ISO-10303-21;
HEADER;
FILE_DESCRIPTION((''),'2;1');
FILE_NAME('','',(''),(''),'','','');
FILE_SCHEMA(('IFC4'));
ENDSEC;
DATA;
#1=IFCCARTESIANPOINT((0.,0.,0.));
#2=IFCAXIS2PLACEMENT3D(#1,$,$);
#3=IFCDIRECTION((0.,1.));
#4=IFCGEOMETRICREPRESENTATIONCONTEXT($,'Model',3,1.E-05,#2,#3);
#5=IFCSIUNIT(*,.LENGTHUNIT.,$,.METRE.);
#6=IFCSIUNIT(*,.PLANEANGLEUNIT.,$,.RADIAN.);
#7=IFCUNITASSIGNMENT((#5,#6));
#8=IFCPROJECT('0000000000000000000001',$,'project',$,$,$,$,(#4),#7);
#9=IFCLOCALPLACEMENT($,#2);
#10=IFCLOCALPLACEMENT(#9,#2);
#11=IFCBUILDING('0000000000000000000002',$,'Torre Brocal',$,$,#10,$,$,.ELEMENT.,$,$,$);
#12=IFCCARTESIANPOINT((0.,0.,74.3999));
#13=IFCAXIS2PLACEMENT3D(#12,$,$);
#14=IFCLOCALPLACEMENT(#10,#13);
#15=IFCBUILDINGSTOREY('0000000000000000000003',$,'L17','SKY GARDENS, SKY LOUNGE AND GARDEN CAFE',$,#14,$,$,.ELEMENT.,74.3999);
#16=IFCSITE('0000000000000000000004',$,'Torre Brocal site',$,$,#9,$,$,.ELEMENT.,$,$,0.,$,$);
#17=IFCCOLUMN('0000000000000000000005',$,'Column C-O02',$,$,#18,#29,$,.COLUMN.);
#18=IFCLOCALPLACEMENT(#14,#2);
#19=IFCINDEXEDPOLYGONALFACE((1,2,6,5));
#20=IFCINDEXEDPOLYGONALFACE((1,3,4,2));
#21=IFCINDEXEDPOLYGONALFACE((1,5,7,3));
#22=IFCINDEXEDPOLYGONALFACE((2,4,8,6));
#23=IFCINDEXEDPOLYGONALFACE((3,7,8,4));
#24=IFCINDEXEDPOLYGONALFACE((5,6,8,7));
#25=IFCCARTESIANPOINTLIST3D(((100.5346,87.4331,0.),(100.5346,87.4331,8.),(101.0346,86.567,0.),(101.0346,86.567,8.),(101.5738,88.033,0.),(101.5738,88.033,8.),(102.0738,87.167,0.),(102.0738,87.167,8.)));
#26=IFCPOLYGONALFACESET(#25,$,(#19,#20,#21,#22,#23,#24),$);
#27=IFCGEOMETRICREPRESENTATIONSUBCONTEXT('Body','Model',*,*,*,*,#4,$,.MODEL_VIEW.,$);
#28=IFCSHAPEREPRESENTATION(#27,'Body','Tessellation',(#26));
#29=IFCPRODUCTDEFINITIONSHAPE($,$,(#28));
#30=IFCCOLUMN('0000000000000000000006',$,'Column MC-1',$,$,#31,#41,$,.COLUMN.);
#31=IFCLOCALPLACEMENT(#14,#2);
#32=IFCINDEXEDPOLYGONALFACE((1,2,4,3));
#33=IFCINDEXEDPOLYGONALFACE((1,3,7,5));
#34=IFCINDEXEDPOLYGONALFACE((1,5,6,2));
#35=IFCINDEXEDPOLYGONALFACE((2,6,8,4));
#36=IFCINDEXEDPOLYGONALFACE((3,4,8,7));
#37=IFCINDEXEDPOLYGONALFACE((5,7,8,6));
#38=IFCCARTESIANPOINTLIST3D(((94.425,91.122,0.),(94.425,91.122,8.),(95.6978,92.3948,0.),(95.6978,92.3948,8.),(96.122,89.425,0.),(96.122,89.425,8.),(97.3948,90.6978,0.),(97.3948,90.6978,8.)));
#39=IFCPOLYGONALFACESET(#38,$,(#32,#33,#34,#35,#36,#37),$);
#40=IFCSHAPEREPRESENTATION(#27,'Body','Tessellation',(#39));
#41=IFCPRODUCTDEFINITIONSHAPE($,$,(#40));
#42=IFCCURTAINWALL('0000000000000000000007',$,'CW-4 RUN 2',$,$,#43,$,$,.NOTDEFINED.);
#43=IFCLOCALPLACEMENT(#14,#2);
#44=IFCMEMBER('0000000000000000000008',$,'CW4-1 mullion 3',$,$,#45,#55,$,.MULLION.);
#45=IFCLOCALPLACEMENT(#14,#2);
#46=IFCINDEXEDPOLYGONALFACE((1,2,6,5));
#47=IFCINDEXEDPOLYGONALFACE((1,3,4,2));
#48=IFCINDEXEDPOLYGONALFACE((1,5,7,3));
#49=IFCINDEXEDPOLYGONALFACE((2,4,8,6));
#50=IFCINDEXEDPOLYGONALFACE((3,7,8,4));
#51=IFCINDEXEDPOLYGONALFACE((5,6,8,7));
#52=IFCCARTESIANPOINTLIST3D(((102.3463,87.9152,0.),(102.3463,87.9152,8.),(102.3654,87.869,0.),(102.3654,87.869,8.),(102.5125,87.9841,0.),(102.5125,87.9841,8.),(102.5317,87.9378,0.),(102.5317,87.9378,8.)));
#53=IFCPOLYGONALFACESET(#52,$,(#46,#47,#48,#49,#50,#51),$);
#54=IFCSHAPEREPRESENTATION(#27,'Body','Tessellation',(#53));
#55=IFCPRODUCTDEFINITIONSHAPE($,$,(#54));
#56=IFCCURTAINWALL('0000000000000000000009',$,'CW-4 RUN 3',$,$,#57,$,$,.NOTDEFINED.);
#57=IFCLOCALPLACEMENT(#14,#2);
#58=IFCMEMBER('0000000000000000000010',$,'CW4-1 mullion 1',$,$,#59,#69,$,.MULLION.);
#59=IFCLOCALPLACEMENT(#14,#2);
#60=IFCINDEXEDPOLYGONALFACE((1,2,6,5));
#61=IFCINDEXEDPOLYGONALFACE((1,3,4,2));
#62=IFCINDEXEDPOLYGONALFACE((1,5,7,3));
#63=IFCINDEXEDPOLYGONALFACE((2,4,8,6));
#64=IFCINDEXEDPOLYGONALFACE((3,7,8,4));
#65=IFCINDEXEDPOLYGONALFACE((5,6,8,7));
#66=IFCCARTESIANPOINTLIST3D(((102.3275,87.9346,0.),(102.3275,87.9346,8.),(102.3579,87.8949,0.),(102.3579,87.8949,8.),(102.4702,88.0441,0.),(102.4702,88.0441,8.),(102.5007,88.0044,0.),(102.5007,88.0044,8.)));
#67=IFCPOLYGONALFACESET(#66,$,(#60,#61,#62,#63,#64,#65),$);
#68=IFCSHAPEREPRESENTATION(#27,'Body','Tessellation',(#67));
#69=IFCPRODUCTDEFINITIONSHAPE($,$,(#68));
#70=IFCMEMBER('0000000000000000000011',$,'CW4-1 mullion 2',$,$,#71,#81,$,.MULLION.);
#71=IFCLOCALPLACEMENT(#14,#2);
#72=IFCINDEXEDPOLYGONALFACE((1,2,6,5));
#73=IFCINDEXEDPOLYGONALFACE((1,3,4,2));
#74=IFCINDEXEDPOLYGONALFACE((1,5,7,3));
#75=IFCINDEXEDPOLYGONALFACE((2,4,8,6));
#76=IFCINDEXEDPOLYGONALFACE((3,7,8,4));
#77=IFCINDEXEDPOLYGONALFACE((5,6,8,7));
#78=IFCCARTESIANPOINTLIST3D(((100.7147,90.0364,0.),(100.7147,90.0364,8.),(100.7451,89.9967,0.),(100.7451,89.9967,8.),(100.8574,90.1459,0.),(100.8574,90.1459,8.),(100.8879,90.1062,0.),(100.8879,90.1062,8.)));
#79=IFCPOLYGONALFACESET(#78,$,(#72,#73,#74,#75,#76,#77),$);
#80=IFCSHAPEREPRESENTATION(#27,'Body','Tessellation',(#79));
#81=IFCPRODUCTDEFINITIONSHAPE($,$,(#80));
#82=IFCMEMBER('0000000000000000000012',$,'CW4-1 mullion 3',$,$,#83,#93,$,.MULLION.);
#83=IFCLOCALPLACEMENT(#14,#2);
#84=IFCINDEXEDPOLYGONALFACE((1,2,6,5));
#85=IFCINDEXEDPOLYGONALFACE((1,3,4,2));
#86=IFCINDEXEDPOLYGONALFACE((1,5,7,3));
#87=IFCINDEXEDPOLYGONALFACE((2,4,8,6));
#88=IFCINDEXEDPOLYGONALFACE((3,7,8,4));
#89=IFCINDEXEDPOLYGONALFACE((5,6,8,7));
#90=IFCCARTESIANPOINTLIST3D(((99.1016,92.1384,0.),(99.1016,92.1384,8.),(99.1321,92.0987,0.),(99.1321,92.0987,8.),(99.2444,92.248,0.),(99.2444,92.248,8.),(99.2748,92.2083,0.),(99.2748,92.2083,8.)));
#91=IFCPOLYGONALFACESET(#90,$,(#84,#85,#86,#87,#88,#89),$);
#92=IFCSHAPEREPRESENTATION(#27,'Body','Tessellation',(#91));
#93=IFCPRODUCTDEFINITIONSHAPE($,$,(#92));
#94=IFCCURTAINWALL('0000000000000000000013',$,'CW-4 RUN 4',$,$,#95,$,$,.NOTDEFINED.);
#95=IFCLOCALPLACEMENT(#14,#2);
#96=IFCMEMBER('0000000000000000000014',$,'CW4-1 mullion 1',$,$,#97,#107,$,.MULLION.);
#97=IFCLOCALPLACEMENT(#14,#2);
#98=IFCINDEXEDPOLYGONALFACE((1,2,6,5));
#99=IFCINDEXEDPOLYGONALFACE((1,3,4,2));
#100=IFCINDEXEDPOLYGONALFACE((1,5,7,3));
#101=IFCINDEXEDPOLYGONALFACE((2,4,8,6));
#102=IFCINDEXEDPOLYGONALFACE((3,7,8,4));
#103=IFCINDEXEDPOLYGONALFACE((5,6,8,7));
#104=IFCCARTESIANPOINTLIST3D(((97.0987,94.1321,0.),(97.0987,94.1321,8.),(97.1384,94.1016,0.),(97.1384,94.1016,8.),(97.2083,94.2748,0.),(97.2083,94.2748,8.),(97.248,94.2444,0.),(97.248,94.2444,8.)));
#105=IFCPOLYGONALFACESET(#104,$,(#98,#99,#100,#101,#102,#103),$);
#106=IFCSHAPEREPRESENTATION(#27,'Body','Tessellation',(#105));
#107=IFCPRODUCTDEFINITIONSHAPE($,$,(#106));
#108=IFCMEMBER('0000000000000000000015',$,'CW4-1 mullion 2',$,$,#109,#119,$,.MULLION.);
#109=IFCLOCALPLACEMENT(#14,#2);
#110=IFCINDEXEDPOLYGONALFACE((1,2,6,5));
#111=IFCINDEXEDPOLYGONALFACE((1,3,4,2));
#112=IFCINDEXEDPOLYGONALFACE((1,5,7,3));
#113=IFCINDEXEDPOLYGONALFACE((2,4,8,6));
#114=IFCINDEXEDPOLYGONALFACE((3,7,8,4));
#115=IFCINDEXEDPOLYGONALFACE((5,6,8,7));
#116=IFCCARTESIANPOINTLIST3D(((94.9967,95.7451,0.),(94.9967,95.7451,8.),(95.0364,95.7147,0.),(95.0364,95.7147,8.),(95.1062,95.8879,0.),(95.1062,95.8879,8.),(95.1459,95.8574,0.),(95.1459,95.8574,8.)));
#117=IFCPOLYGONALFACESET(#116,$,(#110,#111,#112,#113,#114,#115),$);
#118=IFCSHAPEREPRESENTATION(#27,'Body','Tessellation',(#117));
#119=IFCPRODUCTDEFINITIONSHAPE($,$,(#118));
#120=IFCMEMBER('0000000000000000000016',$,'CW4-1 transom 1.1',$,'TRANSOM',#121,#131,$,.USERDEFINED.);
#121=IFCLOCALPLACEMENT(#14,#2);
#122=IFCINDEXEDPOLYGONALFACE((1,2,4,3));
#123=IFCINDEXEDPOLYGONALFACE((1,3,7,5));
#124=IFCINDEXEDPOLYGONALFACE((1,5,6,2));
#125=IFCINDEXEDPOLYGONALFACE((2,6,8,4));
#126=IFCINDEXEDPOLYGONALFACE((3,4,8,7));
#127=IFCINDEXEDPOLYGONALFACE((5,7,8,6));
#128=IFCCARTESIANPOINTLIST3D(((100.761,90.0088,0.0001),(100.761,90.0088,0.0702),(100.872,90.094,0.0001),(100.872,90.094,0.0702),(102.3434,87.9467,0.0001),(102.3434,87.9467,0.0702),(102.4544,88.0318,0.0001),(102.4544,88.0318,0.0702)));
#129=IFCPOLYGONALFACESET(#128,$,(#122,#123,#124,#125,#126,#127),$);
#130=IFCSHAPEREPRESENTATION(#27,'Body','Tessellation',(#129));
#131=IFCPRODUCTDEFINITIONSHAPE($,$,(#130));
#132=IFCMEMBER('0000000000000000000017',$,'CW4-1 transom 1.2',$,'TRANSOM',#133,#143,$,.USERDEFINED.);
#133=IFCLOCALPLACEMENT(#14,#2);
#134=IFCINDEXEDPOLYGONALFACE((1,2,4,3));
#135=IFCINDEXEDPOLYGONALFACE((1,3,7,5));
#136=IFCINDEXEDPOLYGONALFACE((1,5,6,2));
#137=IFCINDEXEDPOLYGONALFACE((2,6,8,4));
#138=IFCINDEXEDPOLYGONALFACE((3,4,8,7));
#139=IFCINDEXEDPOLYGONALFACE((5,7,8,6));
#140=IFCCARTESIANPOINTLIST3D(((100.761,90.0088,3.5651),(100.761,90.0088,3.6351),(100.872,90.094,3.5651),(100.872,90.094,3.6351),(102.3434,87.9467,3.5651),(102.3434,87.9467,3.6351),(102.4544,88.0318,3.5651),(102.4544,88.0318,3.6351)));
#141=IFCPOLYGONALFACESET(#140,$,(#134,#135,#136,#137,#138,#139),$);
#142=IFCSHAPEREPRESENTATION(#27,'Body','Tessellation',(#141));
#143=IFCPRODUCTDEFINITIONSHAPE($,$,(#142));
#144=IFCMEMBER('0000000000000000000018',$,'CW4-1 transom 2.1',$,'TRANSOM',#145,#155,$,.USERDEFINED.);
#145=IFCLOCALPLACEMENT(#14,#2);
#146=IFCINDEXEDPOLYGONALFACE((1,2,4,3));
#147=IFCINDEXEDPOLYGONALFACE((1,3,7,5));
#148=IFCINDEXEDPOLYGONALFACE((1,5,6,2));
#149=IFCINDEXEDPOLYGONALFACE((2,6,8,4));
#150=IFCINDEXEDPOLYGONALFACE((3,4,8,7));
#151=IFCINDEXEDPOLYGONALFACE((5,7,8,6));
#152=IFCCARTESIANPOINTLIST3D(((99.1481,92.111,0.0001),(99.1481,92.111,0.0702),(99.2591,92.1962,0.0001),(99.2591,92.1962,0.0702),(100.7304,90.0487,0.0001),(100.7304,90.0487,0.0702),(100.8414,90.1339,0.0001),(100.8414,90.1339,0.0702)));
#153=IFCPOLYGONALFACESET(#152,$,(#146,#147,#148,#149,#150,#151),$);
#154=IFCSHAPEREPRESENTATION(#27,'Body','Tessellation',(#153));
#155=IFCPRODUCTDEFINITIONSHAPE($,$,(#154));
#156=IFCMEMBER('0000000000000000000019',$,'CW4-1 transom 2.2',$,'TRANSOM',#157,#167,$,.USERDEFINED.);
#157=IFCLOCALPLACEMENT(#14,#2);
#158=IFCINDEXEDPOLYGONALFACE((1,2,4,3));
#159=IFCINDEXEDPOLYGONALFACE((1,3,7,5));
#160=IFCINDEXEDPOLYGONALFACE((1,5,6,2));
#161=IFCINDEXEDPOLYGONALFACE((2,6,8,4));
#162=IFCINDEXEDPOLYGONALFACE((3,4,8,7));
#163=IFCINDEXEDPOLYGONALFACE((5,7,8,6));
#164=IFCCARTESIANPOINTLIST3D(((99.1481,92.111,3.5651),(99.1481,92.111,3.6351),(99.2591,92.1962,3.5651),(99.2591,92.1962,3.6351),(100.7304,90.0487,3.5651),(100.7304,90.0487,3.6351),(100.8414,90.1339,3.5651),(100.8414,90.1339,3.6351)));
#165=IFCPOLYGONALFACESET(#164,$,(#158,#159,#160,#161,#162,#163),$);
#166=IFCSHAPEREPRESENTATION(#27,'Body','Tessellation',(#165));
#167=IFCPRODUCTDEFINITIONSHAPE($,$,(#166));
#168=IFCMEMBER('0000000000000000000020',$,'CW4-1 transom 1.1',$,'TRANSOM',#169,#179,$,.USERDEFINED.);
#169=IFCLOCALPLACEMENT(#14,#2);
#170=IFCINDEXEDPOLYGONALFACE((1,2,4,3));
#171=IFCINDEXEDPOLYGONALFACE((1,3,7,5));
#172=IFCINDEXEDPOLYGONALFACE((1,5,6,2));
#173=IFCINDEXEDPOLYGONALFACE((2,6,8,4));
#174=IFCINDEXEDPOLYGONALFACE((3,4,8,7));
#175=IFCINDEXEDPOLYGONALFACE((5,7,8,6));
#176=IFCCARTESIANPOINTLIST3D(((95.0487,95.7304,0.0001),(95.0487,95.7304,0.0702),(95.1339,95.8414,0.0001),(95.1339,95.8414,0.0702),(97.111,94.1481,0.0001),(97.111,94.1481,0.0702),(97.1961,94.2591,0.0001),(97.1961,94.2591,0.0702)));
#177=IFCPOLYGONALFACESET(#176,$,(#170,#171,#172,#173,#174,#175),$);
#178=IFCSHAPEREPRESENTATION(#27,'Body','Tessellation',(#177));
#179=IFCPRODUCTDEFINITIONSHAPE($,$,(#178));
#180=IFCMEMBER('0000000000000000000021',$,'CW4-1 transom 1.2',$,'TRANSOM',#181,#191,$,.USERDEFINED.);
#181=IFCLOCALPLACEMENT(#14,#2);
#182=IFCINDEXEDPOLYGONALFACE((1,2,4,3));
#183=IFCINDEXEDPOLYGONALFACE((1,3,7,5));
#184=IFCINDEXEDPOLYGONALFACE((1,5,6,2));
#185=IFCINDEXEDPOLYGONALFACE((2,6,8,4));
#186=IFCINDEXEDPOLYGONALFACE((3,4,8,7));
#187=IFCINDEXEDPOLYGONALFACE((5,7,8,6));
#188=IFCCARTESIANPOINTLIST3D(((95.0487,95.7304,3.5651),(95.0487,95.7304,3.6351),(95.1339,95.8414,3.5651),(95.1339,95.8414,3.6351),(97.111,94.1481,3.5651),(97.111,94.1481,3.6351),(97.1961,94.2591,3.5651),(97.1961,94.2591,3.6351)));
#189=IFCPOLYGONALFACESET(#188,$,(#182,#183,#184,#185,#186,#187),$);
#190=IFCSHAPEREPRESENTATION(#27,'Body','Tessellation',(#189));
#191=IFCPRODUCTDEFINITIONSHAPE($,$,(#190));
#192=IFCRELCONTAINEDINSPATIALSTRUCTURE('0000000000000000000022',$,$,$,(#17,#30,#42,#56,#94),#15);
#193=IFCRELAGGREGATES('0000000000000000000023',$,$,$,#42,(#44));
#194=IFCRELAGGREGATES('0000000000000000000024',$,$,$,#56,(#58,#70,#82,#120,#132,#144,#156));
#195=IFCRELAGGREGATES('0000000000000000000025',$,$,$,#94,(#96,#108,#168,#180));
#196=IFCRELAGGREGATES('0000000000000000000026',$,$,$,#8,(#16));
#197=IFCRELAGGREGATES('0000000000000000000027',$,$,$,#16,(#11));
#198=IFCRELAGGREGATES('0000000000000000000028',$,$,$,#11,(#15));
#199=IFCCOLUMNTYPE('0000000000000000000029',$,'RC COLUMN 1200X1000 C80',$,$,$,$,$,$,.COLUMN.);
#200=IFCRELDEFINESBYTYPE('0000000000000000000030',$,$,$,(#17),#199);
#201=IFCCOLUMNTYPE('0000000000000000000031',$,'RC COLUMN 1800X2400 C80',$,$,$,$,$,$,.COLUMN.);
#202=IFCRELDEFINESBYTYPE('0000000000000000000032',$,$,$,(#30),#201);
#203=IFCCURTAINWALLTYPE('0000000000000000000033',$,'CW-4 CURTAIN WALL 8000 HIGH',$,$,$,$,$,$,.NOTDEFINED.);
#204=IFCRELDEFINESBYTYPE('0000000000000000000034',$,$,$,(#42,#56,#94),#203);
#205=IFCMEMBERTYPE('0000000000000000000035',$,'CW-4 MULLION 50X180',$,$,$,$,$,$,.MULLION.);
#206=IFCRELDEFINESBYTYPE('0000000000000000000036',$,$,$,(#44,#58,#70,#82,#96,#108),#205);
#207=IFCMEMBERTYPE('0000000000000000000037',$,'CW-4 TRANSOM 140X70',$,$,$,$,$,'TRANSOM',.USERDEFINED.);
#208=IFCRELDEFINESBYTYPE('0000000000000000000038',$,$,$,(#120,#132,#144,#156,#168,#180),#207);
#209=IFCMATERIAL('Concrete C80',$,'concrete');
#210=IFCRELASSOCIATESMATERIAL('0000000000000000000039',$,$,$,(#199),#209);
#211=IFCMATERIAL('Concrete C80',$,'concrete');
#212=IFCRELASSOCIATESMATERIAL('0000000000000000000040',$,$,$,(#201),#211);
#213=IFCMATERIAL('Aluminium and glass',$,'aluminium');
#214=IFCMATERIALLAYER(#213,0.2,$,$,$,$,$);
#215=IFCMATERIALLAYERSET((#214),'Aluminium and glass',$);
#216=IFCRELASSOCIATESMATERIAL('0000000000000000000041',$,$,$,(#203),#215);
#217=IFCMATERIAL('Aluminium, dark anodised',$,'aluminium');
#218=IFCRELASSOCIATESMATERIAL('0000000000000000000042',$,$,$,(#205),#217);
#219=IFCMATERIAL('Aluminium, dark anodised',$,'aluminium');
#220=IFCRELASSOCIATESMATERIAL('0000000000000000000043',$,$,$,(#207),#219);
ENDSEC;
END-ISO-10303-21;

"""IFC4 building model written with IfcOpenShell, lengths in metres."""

from ifc_helpers import new_model, si_unit, direction, frame, origin, origin_2d, place, context, subcontext, project, spatial, rectangle, extrude, material, layer, layer_set, material_profile, profile_set, type_object, element, aggregate, save


model = new_model("IFC4")

# Units and contexts
model_context = context("Model", 3, precision=1e-05, world=origin(), true_north=direction((0.0, 1.0)))
body_context = subcontext(model_context, "Body", "Model", "MODEL_VIEW")
ifc_project = project(units=[si_unit("LENGTHUNIT", "METRE"), si_unit("PLANEANGLEUNIT", "RADIAN")], contexts=[model_context])

# Site, building, storey
site_placement = place(None, origin())
site = spatial("IfcSite", under=ifc_project, at=site_placement, Name="Torre Brocal site", CompositionType="ELEMENT", RefElevation=0.0)
building_placement = place(site_placement, origin())
building = spatial("IfcBuilding", under=site, at=building_placement, Name="Torre Brocal", CompositionType="ELEMENT")
storey_placement = place(building_placement, frame((0.0, 0.0, 74.3999)))
storey = spatial("IfcBuildingStorey", under=building, at=storey_placement, Name="L17", Description="SKY GARDENS, SKY LOUNGE AND GARDEN CAFE", CompositionType="ELEMENT", Elevation=74.3999)

# Columns
ifc_material_1 = material(Name="Concrete C80", Category="concrete")
ifc_material_profile_1 = material_profile(ifc_material_1, rectangle(XDim=1.2, YDim=1.0, at=origin_2d()), Name="RC 1200X1000")
ifc_profile_set_1 = profile_set([ifc_material_profile_1], Name="Concrete C80")
column_type_1 = type_object("IfcColumnType", Name="RC COLUMN 1200X1000 C80", PredefinedType="COLUMN", material=ifc_profile_set_1)
column_1_placement = place(storey_placement, frame((101.3042, 87.3, 0.0), z_axis=(0.0, 0.0, 1.0), x_axis=(0.866025, 0.5, 0.0)))
element("IfcColumn", 1, at=column_1_placement, inside=storey, type_object=column_type_1, Name="Column C-O02", PredefinedType="COLUMN", context=body_context, shape_type="SweptSolid", body=[
    extrude(rectangle(XDim=1.2, YDim=1.0, at=origin_2d()), origin(), (0.0, 0.0, 1.0), 8.0),
])
ifc_material_2 = material(Name="Concrete C80", Category="concrete")
ifc_material_profile_2 = material_profile(ifc_material_2, rectangle(XDim=1.8, YDim=2.3999, at=origin_2d()), Name="RC 1800X2400")
ifc_profile_set_2 = profile_set([ifc_material_profile_2], Name="Concrete C80")
column_type_2 = type_object("IfcColumnType", Name="RC COLUMN 1800X2400 C80", PredefinedType="COLUMN", material=ifc_profile_set_2)
column_2_placement = place(storey_placement, frame((95.9099, 90.9099, 0.0), z_axis=(0.0, 0.0, 1.0), x_axis=(0.707107, 0.707107, 0.0)))
element("IfcColumn", 2, at=column_2_placement, inside=storey, type_object=column_type_2, Name="Column MC-1", PredefinedType="COLUMN", context=body_context, shape_type="SweptSolid", body=[
    extrude(rectangle(XDim=1.8, YDim=2.3999, at=origin_2d()), origin(), (0.0, 0.0, 1.0), 8.0),
])

# Curtain wall, member
ifc_material_3 = material(Name="Aluminium and glass", Category="aluminium")
ifc_layer_1 = layer(ifc_material_3, 0.2)
ifc_layer_set_1 = layer_set([ifc_layer_1], Name="Aluminium and glass")
curtain_wall_type = type_object("IfcCurtainWallType", Name="CW-4 CURTAIN WALL 8000 HIGH", PredefinedType="NOTDEFINED", material=ifc_layer_set_1)
curtain_wall_1_placement = place(storey_placement, origin())
curtain_wall_1 = element("IfcCurtainWall", 3, at=curtain_wall_1_placement, inside=storey, type_object=curtain_wall_type, Name="CW-4 RUN 2", PredefinedType="NOTDEFINED")
ifc_material_4 = material(Name="Aluminium, dark anodised", Category="aluminium")
ifc_material_profile_3 = material_profile(ifc_material_4, rectangle(XDim=0.1799, YDim=0.05, at=origin_2d()), Name="CW-4 MULLION 50X180")
ifc_profile_set_3 = profile_set([ifc_material_profile_3], Name="Aluminium, dark anodised")
member_type_1 = type_object("IfcMemberType", Name="CW-4 MULLION 50X180", PredefinedType="MULLION", material=ifc_profile_set_3)
member_1_placement = place(storey_placement, frame((102.439, 87.9265, 0.0), z_axis=(0.0, 0.0, 1.0), x_axis=(-0.92388, -0.382683, 0.0)))
member_1 = element("IfcMember", 4, at=member_1_placement, type_object=member_type_1, Name="CW4-1 mullion 3", PredefinedType="MULLION", context=body_context, shape_type="SweptSolid", body=[
    extrude(rectangle(XDim=0.1799, YDim=0.05, at=origin_2d()), origin(), (0.0, 0.0, 1.0), 8.0),
])

# Curtain walls, members
curtain_wall_2_placement = place(storey_placement, origin())
curtain_wall_2 = element("IfcCurtainWall", 5, at=curtain_wall_2_placement, inside=storey, type_object=curtain_wall_type, Name="CW-4 RUN 3", PredefinedType="NOTDEFINED")
member_2_placement = place(storey_placement, frame((102.4141, 87.9695, 0.0), z_axis=(0.0, 0.0, 1.0), x_axis=(-0.793353, -0.608761, 0.0)))
member_2 = element("IfcMember", 6, at=member_2_placement, type_object=member_type_1, Name="CW4-1 mullion 1", PredefinedType="MULLION", context=body_context, shape_type="SweptSolid", body=[
    extrude(rectangle(XDim=0.1799, YDim=0.05, at=origin_2d()), origin(), (0.0, 0.0, 1.0), 8.0),
])
member_3_placement = place(storey_placement, frame((100.8013, 90.0713, 0.0), z_axis=(0.0, 0.0, 1.0), x_axis=(-0.793353, -0.608761, 0.0)))
member_3 = element("IfcMember", 7, at=member_3_placement, type_object=member_type_1, Name="CW4-1 mullion 2", PredefinedType="MULLION", context=body_context, shape_type="SweptSolid", body=[
    extrude(rectangle(XDim=0.1799, YDim=0.05, at=origin_2d()), origin(), (0.0, 0.0, 1.0), 8.0),
])
member_4_placement = place(storey_placement, frame((99.1882, 92.1733, 0.0), z_axis=(0.0, 0.0, 1.0), x_axis=(-0.793353, -0.608761, 0.0)))
member_4 = element("IfcMember", 8, at=member_4_placement, type_object=member_type_1, Name="CW4-1 mullion 3", PredefinedType="MULLION", context=body_context, shape_type="SweptSolid", body=[
    extrude(rectangle(XDim=0.1799, YDim=0.05, at=origin_2d()), origin(), (0.0, 0.0, 1.0), 8.0),
])
curtain_wall_3_placement = place(storey_placement, origin())
curtain_wall_3 = element("IfcCurtainWall", 9, at=curtain_wall_3_placement, inside=storey, type_object=curtain_wall_type, Name="CW-4 RUN 4", PredefinedType="NOTDEFINED")
member_5_placement = place(storey_placement, frame((97.1733, 94.1882, 0.0), z_axis=(0.0, 0.0, 1.0), x_axis=(-0.608761, -0.793353, 0.0)))
member_5 = element("IfcMember", 10, at=member_5_placement, type_object=member_type_1, Name="CW4-1 mullion 1", PredefinedType="MULLION", context=body_context, shape_type="SweptSolid", body=[
    extrude(rectangle(XDim=0.1799, YDim=0.05, at=origin_2d()), origin(), (0.0, 0.0, 1.0), 8.0),
])
member_6_placement = place(storey_placement, frame((95.0713, 95.8013, 0.0), z_axis=(0.0, 0.0, 1.0), x_axis=(-0.608761, -0.793353, 0.0)))
member_6 = element("IfcMember", 11, at=member_6_placement, type_object=member_type_1, Name="CW4-1 mullion 2", PredefinedType="MULLION", context=body_context, shape_type="SweptSolid", body=[
    extrude(rectangle(XDim=0.1799, YDim=0.05, at=origin_2d()), origin(), (0.0, 0.0, 1.0), 8.0),
])

# Members
ifc_material_5 = material(Name="Aluminium, dark anodised", Category="aluminium")
ifc_material_profile_4 = material_profile(ifc_material_5, rectangle(XDim=0.1399, YDim=0.0701, at=origin_2d()), Name="CW-4 TRANSOM 140X70")
ifc_profile_set_4 = profile_set([ifc_material_profile_4], Name="Aluminium, dark anodised")
member_type_2 = type_object("IfcMemberType", Name="CW-4 TRANSOM 140X70", ElementType="TRANSOM", PredefinedType="USERDEFINED", material=ifc_profile_set_4)
member_7_placement = place(storey_placement, frame((102.3989, 87.9893, 0.0352), z_axis=(-0.608784, 0.793336, 0.0), x_axis=(-0.793336, -0.608784, 0.0)))
member_7 = element("IfcMember", 12, at=member_7_placement, type_object=member_type_2, Name="CW4-1 transom 1.1", ObjectType="TRANSOM", PredefinedType="USERDEFINED", context=body_context, shape_type="SweptSolid", body=[
    extrude(rectangle(XDim=0.1399, YDim=0.0701, at=origin_2d()), origin(), (0.0, 0.0, 1.0), 2.5994),
])
member_8_placement = place(storey_placement, frame((102.3989, 87.9893, 3.6001), z_axis=(-0.608784, 0.793336, 0.0), x_axis=(-0.793336, -0.608784, 0.0)))
member_8 = element("IfcMember", 13, at=member_8_placement, type_object=member_type_2, Name="CW4-1 transom 1.2", ObjectType="TRANSOM", PredefinedType="USERDEFINED", context=body_context, shape_type="SweptSolid", body=[
    extrude(rectangle(XDim=0.1399, YDim=0.0701, at=origin_2d()), origin(), (0.0, 0.0, 1.0), 2.5994),
])
member_9_placement = place(storey_placement, frame((100.7859, 90.0913, 0.0352), z_axis=(-0.608725, 0.793381, 0.0), x_axis=(-0.793381, -0.608725, 0.0)))
member_9 = element("IfcMember", 14, at=member_9_placement, type_object=member_type_2, Name="CW4-1 transom 2.1", ObjectType="TRANSOM", PredefinedType="USERDEFINED", context=body_context, shape_type="SweptSolid", body=[
    extrude(rectangle(XDim=0.1399, YDim=0.0701, at=origin_2d()), origin(), (0.0, 0.0, 1.0), 2.5994),
])
member_10_placement = place(storey_placement, frame((100.7859, 90.0913, 3.6001), z_axis=(-0.608725, 0.793381, 0.0), x_axis=(-0.793381, -0.608725, 0.0)))
member_10 = element("IfcMember", 15, at=member_10_placement, type_object=member_type_2, Name="CW4-1 transom 2.2", ObjectType="TRANSOM", PredefinedType="USERDEFINED", context=body_context, shape_type="SweptSolid", body=[
    extrude(rectangle(XDim=0.1399, YDim=0.0701, at=origin_2d()), origin(), (0.0, 0.0, 1.0), 2.5994),
])
member_11_placement = place(storey_placement, frame((97.1536, 94.2036, 0.0352), z_axis=(-0.793381, 0.608725, 0.0), x_axis=(-0.608725, -0.793381, 0.0)))
member_11 = element("IfcMember", 16, at=member_11_placement, type_object=member_type_2, Name="CW4-1 transom 1.1", ObjectType="TRANSOM", PredefinedType="USERDEFINED", context=body_context, shape_type="SweptSolid", body=[
    extrude(rectangle(XDim=0.1399, YDim=0.0701, at=origin_2d()), origin(), (0.0, 0.0, 1.0), 2.5994),
])
member_12_placement = place(storey_placement, frame((97.1536, 94.2036, 3.6001), z_axis=(-0.793381, 0.608725, 0.0), x_axis=(-0.608725, -0.793381, 0.0)))
member_12 = element("IfcMember", 17, at=member_12_placement, type_object=member_type_2, Name="CW4-1 transom 1.2", ObjectType="TRANSOM", PredefinedType="USERDEFINED", context=body_context, shape_type="SweptSolid", body=[
    extrude(rectangle(XDim=0.1399, YDim=0.0701, at=origin_2d()), origin(), (0.0, 0.0, 1.0), 2.5994),
])

aggregate(curtain_wall_1, [member_1])
aggregate(curtain_wall_2, [member_2, member_3, member_4, member_7, member_8, member_9, member_10])
aggregate(curtain_wall_3, [member_5, member_6, member_11, member_12])

save(model, "model.ifc")
